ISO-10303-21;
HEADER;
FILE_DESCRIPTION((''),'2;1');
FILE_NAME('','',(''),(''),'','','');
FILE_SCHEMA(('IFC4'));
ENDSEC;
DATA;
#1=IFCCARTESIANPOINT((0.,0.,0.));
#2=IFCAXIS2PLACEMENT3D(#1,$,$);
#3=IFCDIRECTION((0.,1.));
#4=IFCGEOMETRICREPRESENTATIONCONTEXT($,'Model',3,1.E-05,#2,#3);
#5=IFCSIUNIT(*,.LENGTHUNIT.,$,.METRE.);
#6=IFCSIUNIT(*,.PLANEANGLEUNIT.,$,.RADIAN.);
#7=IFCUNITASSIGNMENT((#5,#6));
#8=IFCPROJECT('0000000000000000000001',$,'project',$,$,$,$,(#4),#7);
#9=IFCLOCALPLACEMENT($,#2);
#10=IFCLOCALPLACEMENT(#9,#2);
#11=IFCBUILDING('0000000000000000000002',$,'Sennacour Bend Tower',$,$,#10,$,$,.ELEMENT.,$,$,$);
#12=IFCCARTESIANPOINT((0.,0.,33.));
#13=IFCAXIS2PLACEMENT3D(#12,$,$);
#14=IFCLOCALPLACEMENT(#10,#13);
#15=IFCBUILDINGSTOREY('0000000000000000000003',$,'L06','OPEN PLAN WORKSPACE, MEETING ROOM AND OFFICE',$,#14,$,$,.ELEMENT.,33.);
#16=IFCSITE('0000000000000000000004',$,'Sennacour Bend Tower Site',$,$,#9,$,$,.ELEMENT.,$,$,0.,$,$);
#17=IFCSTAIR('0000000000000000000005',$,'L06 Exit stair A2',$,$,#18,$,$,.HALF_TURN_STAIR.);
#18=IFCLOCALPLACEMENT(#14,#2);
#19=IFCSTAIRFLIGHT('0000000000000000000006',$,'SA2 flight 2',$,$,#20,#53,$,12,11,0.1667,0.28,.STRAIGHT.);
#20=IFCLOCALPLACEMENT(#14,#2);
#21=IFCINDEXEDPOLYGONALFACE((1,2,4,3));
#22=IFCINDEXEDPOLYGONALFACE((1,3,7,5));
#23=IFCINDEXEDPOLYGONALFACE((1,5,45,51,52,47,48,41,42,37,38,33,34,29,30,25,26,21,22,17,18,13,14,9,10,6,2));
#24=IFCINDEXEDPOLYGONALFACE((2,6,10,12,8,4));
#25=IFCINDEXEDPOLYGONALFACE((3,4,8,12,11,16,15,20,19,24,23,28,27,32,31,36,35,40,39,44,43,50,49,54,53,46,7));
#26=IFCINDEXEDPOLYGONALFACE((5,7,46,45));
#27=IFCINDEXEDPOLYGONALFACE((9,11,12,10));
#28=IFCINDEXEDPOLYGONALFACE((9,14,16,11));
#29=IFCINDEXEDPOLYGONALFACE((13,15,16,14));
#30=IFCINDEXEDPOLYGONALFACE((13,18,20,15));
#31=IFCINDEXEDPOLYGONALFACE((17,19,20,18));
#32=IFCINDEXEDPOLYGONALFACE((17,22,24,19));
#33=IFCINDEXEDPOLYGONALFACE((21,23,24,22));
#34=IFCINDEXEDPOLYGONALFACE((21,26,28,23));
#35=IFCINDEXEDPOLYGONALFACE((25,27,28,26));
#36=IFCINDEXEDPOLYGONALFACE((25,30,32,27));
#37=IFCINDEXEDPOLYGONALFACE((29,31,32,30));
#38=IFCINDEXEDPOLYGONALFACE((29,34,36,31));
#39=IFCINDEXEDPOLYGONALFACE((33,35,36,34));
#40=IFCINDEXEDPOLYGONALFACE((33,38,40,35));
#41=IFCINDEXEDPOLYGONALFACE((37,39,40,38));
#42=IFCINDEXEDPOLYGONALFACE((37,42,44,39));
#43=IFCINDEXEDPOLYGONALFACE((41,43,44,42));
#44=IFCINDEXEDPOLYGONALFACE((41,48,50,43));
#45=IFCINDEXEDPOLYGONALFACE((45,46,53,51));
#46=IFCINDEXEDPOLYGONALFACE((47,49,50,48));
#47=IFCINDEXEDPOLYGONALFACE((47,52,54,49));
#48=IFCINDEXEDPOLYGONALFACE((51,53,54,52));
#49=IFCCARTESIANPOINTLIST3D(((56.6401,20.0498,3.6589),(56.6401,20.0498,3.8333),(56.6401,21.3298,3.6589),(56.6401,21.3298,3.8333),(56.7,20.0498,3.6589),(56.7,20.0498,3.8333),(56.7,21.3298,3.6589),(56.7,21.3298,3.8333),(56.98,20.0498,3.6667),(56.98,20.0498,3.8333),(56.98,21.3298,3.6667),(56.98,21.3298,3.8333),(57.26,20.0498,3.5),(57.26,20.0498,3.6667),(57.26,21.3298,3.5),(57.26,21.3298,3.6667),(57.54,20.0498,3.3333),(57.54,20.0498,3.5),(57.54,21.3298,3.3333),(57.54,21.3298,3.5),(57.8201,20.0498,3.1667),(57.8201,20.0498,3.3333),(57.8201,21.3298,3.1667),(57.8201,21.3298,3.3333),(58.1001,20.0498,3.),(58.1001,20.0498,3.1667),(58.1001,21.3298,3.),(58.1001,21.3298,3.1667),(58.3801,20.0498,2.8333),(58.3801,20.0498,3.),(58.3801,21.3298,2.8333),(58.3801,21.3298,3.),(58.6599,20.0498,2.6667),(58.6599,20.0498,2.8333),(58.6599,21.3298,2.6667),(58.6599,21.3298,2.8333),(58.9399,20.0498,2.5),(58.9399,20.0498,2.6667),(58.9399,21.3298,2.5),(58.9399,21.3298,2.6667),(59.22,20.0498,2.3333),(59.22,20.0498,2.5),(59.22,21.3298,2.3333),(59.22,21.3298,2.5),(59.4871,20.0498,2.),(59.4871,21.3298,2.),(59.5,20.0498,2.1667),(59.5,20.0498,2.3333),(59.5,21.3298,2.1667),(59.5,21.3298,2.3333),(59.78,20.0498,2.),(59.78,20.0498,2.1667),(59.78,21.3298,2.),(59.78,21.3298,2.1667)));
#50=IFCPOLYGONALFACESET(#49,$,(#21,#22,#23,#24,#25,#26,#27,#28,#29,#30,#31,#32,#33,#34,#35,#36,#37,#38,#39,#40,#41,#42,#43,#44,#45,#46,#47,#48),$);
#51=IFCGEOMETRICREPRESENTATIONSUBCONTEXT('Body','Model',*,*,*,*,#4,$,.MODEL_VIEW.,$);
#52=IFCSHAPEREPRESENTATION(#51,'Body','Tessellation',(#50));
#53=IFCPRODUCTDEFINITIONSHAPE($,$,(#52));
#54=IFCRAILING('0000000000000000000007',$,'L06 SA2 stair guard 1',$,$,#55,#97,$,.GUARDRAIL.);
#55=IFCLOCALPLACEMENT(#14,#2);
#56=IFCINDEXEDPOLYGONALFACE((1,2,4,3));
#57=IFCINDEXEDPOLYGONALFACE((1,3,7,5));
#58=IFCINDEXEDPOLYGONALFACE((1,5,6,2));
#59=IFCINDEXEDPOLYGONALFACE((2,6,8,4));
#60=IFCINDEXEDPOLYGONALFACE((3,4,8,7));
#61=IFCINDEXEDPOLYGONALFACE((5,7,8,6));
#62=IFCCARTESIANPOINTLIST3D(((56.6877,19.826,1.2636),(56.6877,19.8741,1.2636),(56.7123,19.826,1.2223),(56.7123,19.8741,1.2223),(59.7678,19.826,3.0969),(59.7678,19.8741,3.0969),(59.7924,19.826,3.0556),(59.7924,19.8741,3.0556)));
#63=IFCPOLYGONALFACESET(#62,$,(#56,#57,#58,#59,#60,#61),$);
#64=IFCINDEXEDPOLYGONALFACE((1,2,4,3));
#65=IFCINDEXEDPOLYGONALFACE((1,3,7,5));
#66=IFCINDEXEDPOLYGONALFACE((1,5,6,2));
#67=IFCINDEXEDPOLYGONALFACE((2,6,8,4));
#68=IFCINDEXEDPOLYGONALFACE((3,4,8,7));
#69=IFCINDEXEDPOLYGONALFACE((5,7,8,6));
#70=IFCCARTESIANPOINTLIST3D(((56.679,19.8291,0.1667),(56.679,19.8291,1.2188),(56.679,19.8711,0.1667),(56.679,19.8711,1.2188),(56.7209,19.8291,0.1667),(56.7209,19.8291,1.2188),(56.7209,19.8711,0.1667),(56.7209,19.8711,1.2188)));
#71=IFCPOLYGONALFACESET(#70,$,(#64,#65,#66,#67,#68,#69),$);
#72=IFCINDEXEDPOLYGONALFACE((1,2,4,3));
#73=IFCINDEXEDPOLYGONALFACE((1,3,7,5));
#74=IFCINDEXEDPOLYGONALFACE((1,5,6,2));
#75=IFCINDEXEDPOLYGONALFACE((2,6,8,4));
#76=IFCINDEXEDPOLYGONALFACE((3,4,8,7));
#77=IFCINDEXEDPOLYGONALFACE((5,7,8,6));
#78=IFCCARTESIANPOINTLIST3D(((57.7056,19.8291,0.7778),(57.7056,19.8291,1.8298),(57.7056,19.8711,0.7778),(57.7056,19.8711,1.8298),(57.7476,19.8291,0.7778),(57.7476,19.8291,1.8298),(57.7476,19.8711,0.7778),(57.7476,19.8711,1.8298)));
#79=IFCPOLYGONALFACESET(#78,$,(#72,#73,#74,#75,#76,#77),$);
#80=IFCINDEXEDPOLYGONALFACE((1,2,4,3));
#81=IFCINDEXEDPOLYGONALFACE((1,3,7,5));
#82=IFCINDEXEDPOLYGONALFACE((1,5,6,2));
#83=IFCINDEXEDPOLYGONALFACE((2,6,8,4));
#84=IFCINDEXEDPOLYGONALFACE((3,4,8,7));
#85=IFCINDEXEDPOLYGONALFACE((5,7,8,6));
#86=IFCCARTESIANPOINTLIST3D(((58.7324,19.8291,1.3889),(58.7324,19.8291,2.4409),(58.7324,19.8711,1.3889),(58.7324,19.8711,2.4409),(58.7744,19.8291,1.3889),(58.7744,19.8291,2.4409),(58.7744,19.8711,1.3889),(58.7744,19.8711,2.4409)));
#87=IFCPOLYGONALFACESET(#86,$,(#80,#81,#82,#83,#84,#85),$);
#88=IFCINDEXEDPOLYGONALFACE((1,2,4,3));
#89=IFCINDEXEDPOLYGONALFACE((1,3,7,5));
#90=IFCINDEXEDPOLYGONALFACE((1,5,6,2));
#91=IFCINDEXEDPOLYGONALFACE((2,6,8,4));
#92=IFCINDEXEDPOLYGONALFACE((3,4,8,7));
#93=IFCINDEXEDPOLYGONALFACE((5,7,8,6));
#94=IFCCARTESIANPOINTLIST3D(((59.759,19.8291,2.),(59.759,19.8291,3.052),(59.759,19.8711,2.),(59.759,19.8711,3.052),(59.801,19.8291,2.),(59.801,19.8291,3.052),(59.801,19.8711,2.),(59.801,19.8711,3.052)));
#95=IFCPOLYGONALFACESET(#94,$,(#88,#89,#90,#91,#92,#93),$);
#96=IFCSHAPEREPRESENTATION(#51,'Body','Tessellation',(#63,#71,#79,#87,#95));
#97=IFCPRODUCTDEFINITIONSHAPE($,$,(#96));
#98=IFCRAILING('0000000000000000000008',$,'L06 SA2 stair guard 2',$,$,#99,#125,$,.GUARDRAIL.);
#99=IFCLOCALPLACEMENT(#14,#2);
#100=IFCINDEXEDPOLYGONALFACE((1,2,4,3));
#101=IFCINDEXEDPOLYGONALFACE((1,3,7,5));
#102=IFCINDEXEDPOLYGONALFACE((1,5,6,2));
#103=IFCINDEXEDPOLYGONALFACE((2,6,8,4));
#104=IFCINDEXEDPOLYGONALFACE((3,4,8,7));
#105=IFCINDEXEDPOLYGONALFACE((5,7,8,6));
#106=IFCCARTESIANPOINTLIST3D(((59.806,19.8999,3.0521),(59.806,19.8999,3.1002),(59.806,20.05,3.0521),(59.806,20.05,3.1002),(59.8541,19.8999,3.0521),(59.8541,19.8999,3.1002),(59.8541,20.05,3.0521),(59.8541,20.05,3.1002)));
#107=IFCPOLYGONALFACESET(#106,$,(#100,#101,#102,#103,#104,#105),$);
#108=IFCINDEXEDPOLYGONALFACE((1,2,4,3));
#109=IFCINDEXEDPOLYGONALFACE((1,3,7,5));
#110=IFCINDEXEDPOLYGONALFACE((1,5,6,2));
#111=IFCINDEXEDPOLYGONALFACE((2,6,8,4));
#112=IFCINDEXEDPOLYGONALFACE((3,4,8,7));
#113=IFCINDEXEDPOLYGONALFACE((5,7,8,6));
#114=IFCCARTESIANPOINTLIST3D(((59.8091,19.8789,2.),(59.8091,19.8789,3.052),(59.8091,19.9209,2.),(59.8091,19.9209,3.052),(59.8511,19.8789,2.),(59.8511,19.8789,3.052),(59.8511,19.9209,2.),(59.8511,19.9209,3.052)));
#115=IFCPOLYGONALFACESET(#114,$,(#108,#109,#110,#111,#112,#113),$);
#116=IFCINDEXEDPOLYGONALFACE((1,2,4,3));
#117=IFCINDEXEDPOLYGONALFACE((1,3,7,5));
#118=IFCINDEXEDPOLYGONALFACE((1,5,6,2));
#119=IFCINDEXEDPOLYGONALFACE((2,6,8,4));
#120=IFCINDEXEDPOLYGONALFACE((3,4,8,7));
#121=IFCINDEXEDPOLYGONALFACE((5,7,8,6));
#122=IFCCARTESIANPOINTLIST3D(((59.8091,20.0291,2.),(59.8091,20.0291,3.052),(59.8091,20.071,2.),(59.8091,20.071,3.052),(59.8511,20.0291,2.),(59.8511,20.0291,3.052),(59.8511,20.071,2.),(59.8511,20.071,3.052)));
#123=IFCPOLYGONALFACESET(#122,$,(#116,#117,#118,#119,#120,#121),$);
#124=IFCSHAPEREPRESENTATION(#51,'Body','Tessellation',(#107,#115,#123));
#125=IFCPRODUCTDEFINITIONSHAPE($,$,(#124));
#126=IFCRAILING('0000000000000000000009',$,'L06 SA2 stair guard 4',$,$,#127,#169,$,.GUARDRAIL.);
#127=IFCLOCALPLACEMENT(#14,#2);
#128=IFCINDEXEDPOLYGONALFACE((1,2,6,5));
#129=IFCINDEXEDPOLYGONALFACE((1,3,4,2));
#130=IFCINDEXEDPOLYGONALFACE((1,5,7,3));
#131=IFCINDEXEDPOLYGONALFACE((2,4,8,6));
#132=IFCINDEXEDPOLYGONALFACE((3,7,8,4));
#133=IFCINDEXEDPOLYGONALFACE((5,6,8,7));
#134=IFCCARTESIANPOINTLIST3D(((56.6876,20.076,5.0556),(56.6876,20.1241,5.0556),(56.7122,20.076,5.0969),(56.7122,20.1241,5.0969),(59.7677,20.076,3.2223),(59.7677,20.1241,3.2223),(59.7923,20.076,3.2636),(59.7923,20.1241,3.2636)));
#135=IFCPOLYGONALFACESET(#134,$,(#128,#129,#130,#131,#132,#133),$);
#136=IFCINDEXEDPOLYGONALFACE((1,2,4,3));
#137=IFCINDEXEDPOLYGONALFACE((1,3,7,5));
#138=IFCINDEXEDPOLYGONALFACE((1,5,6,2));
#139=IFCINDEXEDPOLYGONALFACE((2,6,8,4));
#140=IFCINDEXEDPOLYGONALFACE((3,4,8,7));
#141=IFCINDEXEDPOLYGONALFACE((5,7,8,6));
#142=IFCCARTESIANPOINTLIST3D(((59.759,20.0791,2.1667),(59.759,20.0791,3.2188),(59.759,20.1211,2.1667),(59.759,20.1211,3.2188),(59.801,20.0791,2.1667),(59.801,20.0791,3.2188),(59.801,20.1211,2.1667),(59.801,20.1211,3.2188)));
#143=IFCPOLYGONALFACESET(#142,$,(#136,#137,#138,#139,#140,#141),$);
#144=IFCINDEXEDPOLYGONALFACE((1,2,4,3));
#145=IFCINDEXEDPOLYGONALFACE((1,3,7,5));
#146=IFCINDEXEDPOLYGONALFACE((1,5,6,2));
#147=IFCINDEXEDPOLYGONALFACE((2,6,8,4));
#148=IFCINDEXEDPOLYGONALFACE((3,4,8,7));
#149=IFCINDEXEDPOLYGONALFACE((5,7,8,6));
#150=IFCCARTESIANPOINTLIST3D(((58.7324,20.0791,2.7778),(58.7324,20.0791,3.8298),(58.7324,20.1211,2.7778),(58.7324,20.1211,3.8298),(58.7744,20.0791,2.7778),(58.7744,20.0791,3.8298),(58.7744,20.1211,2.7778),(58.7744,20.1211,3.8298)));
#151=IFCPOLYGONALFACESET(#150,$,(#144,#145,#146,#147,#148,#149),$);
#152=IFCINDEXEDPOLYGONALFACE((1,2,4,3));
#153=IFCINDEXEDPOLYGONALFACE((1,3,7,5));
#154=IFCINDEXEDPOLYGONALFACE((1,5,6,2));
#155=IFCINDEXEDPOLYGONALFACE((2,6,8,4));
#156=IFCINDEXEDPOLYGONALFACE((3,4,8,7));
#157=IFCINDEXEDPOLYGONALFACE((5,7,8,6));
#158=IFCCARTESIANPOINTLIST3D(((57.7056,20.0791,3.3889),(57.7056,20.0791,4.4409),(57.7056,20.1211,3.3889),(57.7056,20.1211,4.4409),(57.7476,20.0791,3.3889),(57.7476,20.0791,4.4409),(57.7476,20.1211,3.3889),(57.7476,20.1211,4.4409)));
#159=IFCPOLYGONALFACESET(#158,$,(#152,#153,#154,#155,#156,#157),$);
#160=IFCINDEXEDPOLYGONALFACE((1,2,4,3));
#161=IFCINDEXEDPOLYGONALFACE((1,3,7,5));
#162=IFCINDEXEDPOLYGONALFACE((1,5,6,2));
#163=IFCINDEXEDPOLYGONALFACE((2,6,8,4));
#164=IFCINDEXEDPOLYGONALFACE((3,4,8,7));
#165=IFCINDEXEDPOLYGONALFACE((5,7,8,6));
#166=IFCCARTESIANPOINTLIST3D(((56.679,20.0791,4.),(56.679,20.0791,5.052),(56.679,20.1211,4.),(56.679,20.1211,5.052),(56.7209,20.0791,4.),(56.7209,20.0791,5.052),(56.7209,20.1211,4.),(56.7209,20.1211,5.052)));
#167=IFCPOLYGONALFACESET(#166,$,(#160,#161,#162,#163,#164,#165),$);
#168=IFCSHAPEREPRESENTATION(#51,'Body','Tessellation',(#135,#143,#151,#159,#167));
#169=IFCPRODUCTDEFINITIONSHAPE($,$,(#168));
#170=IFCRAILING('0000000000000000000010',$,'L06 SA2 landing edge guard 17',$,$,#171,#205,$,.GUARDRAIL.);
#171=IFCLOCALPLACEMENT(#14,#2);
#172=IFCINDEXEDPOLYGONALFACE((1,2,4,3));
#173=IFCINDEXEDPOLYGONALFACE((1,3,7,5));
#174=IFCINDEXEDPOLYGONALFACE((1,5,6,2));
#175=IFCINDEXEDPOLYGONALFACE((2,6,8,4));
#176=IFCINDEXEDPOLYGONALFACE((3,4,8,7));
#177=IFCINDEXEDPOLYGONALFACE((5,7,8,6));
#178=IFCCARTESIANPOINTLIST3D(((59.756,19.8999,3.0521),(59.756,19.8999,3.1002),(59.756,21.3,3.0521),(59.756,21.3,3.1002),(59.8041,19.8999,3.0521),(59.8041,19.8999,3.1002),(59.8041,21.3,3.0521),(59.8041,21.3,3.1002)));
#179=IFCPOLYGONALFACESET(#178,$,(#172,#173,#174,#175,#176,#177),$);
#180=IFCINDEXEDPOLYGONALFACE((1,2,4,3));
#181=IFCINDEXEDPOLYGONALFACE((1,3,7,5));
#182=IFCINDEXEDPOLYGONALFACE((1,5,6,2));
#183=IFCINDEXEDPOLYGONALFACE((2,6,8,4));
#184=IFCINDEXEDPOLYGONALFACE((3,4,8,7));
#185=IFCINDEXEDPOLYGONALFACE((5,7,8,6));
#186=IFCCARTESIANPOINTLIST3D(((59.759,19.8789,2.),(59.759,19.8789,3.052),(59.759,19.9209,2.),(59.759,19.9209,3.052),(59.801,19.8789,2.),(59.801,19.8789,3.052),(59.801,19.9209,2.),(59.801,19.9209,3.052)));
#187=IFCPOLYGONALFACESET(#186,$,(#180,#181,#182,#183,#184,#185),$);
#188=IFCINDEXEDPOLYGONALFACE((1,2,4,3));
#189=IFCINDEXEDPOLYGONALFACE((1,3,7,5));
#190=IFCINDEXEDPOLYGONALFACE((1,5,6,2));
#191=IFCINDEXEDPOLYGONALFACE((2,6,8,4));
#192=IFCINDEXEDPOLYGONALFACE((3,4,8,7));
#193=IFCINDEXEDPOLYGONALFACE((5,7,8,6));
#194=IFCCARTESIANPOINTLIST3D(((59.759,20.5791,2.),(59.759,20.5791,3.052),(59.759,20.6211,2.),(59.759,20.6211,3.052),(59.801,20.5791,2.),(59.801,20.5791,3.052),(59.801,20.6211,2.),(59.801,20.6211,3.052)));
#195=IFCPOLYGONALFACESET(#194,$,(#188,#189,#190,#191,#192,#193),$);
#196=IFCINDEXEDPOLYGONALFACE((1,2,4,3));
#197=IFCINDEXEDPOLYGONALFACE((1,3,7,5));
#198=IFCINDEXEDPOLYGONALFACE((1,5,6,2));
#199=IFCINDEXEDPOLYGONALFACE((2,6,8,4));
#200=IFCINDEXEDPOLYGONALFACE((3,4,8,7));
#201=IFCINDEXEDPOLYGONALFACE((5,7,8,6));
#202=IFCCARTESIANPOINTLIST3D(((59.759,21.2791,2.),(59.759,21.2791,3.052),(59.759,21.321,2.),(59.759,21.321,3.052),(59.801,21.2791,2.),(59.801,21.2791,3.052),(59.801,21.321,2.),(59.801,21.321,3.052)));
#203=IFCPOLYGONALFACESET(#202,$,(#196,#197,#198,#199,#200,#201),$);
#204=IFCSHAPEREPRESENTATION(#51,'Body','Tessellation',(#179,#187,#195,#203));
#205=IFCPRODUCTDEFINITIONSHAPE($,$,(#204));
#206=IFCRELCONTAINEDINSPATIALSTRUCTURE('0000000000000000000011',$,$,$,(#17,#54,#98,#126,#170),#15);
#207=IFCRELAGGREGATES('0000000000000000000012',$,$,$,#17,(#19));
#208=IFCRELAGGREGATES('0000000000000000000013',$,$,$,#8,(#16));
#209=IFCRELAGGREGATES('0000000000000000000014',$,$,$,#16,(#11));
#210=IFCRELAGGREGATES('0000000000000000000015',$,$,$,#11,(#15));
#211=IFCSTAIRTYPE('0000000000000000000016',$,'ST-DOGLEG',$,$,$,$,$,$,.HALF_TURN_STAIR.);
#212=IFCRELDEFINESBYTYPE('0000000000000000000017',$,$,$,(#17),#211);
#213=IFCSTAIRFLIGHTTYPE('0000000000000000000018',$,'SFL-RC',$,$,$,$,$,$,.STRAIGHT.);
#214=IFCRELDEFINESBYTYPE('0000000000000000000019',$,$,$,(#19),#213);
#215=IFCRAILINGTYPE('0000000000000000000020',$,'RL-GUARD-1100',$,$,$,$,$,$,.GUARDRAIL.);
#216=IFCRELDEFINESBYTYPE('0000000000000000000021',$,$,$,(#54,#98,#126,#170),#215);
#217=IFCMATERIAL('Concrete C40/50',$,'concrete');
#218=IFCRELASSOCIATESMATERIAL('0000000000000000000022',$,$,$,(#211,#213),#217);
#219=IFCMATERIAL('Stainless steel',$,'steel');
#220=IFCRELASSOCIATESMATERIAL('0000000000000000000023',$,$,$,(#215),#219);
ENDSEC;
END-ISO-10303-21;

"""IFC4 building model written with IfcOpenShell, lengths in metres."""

from ifc_helpers import new_model, si_unit, direction, frame, origin, origin_2d, place, context, subcontext, project, spatial, polyline, rectangle, outline, extrude, material, type_object, element, aggregate, save


model = new_model("IFC4")

# Units and contexts
model_context = context("Model", 3, precision=1e-05, world=origin(), true_north=direction((0.0, 1.0)))
body_context = subcontext(model_context, "Body", "Model", "MODEL_VIEW")
ifc_project = project(units=[si_unit("LENGTHUNIT", "METRE"), si_unit("PLANEANGLEUNIT", "RADIAN")], contexts=[model_context])

# Site, building, storey
site_placement = place(None, origin())
site = spatial("IfcSite", under=ifc_project, at=site_placement, Name="Sennacour Bend Tower Site", CompositionType="ELEMENT", RefElevation=0.0)
building_placement = place(site_placement, origin())
building = spatial("IfcBuilding", under=site, at=building_placement, Name="Sennacour Bend Tower", CompositionType="ELEMENT")
storey_placement = place(building_placement, frame((0.0, 0.0, 33.0)))
storey = spatial("IfcBuildingStorey", under=building, at=storey_placement, Name="L06", Description="OPEN PLAN WORKSPACE, MEETING ROOM AND OFFICE", CompositionType="ELEMENT", Elevation=33.0)

# Shared definitions
ifc_material_1 = material(Name="Stainless steel", Category="steel")

# Stair, stair flight
ifc_material_2 = material(Name="Concrete C40/50", Category="concrete")
stair_type = type_object("IfcStairType", Name="ST-DOGLEG", PredefinedType="HALF_TURN_STAIR", material=ifc_material_2)
stair_placement = place(storey_placement, origin())
stair = element("IfcStair", 1, at=stair_placement, inside=storey, type_object=stair_type, Name="L06 Exit stair A2", PredefinedType="HALF_TURN_STAIR")
stair_flight_type = type_object("IfcStairFlightType", Name="SFL-RC", PredefinedType="STRAIGHT", material=ifc_material_2)
stair_flight_1_placement = place(storey_placement, frame((59.78, 20.6899, 2.0), z_axis=(0.0, 0.0, 1.0), x_axis=(-1.0, 0.0, 0.0)))
stair_flight_1 = element("IfcStairFlight", 2, at=stair_flight_1_placement, type_object=stair_flight_type, Name="SA2 flight 2", NumberOfRisers=12, NumberOfTreads=11, PredefinedType="STRAIGHT", RiserHeight=0.1667, TreadLength=0.28, context=body_context, shape_type="SweptSolid", body=[
    extrude(outline(polyline([(0.0, 0.0), (0.0, 0.1667), (0.28, 0.1667), (0.28, 0.3333), (0.5601, 0.3333), (0.5601, 0.5), (0.8401, 0.5), (0.8401, 0.6667), (1.1201, 0.6667), (1.1201, 0.8333), (1.3999, 0.8333), (1.3999, 1.0), (1.6799, 1.0), (1.6799, 1.1667), (1.96, 1.1667), (1.96, 1.3333), (2.24, 1.3333), (2.24, 1.5), (2.52, 1.5), (2.52, 1.6667), (2.8, 1.6667), (2.8, 1.8333), (3.0801, 1.8333), (3.1399, 1.8333), (3.1399, 1.6589), (3.0801, 1.6589), (0.293, 0.0), (0.0, 0.0)])), frame((0.0, 0.6401, 0.0), z_axis=(0.0, -1.0, 0.0), x_axis=(1.0, 0.0, 0.0)), (0.0, 0.0, 1.0), 1.28),
])
aggregate(stair, [stair_flight_1])

# Railings
railing_type_1 = type_object("IfcRailingType", Name="RL-GUARD-1100", PredefinedType="GUARDRAIL", material=ifc_material_1)
railing_1_placement = place(storey_placement, frame((56.7, 19.8501, 0.1667)))
element("IfcRailing", 3, at=railing_1_placement, inside=storey, type_object=railing_type_1, Name="L06 SA2 stair guard 1", PredefinedType="GUARDRAIL", context=body_context, shape_type="SweptSolid", body=[
    extrude(rectangle(XDim=0.0481, YDim=0.0481, at=origin_2d()), frame((0.0, 0.0, 1.0762), z_axis=(0.859309, 0.0, 0.511458), x_axis=(0.0, 1.0, 0.0)), (0.0, 0.0, 1.0), 3.5845),
    extrude(rectangle(XDim=0.042, YDim=0.042, at=origin_2d()), origin(), (0.0, 0.0, 1.0), 1.052),
    extrude(rectangle(XDim=0.042, YDim=0.042, at=origin_2d()), frame((1.0266, 0.0, 0.6111)), (0.0, 0.0, 1.0), 1.052),
    extrude(rectangle(XDim=0.042, YDim=0.042, at=origin_2d()), frame((2.0535, 0.0, 1.2222)), (0.0, 0.0, 1.0), 1.052),
    extrude(rectangle(XDim=0.042, YDim=0.042, at=origin_2d()), frame((3.0801, 0.0, 1.8333)), (0.0, 0.0, 1.0), 1.052),
])
railing_2_placement = place(storey_placement, frame((59.8301, 19.8999, 2.0)))
element("IfcRailing", 4, at=railing_2_placement, inside=storey, type_object=railing_type_1, Name="L06 SA2 stair guard 2", PredefinedType="GUARDRAIL", context=body_context, shape_type="SweptSolid", body=[
    extrude(rectangle(XDim=0.0481, YDim=0.0481, at=origin_2d()), frame((0.0, 0.0, 1.0762), z_axis=(0.0, 1.0, 0.0), x_axis=(-1.0, 0.0, 0.0)), (0.0, 0.0, 1.0), 0.1501),
    extrude(rectangle(XDim=0.042, YDim=0.042, at=origin_2d()), origin(), (0.0, 0.0, 1.0), 1.052),
    extrude(rectangle(XDim=0.042, YDim=0.042, at=origin_2d()), frame((0.0, 0.1501, 0.0)), (0.0, 0.0, 1.0), 1.052),
])
railing_3_placement = place(storey_placement, frame((59.78, 20.1001, 2.1667)))
element("IfcRailing", 5, at=railing_3_placement, inside=storey, type_object=railing_type_1, Name="L06 SA2 stair guard 4", PredefinedType="GUARDRAIL", context=body_context, shape_type="SweptSolid", body=[
    extrude(rectangle(XDim=0.0481, YDim=0.0481, at=origin_2d()), frame((0.0, 0.0, 1.0762), z_axis=(-0.859309, 0.0, 0.511458), x_axis=(0.0, -1.0, 0.0)), (0.0, 0.0, 1.0), 3.5845),
    extrude(rectangle(XDim=0.042, YDim=0.042, at=origin_2d()), origin(), (0.0, 0.0, 1.0), 1.052),
    extrude(rectangle(XDim=0.042, YDim=0.042, at=origin_2d()), frame((-1.0266, 0.0, 0.6111)), (0.0, 0.0, 1.0), 1.052),
    extrude(rectangle(XDim=0.042, YDim=0.042, at=origin_2d()), frame((-2.0535, 0.0, 1.2222)), (0.0, 0.0, 1.0), 1.052),
    extrude(rectangle(XDim=0.042, YDim=0.042, at=origin_2d()), frame((-3.0801, 0.0, 1.8333)), (0.0, 0.0, 1.0), 1.052),
])
railing_4_placement = place(storey_placement, frame((59.78, 19.8999, 2.0)))
element("IfcRailing", 6, at=railing_4_placement, inside=storey, type_object=railing_type_1, Name="L06 SA2 landing edge guard 17", PredefinedType="GUARDRAIL", context=body_context, shape_type="SweptSolid", body=[
    extrude(rectangle(XDim=0.0481, YDim=0.0481, at=origin_2d()), frame((0.0, 0.0, 1.0762), z_axis=(0.0, 1.0, 0.0), x_axis=(-1.0, 0.0, 0.0)), (0.0, 0.0, 1.0), 1.4001),
    extrude(rectangle(XDim=0.042, YDim=0.042, at=origin_2d()), origin(), (0.0, 0.0, 1.0), 1.052),
    extrude(rectangle(XDim=0.042, YDim=0.042, at=origin_2d()), frame((0.0, 0.7002, 0.0)), (0.0, 0.0, 1.0), 1.052),
    extrude(rectangle(XDim=0.042, YDim=0.042, at=origin_2d()), frame((0.0, 1.4001, 0.0)), (0.0, 0.0, 1.0), 1.052),
])

save(model, "model.ifc")
